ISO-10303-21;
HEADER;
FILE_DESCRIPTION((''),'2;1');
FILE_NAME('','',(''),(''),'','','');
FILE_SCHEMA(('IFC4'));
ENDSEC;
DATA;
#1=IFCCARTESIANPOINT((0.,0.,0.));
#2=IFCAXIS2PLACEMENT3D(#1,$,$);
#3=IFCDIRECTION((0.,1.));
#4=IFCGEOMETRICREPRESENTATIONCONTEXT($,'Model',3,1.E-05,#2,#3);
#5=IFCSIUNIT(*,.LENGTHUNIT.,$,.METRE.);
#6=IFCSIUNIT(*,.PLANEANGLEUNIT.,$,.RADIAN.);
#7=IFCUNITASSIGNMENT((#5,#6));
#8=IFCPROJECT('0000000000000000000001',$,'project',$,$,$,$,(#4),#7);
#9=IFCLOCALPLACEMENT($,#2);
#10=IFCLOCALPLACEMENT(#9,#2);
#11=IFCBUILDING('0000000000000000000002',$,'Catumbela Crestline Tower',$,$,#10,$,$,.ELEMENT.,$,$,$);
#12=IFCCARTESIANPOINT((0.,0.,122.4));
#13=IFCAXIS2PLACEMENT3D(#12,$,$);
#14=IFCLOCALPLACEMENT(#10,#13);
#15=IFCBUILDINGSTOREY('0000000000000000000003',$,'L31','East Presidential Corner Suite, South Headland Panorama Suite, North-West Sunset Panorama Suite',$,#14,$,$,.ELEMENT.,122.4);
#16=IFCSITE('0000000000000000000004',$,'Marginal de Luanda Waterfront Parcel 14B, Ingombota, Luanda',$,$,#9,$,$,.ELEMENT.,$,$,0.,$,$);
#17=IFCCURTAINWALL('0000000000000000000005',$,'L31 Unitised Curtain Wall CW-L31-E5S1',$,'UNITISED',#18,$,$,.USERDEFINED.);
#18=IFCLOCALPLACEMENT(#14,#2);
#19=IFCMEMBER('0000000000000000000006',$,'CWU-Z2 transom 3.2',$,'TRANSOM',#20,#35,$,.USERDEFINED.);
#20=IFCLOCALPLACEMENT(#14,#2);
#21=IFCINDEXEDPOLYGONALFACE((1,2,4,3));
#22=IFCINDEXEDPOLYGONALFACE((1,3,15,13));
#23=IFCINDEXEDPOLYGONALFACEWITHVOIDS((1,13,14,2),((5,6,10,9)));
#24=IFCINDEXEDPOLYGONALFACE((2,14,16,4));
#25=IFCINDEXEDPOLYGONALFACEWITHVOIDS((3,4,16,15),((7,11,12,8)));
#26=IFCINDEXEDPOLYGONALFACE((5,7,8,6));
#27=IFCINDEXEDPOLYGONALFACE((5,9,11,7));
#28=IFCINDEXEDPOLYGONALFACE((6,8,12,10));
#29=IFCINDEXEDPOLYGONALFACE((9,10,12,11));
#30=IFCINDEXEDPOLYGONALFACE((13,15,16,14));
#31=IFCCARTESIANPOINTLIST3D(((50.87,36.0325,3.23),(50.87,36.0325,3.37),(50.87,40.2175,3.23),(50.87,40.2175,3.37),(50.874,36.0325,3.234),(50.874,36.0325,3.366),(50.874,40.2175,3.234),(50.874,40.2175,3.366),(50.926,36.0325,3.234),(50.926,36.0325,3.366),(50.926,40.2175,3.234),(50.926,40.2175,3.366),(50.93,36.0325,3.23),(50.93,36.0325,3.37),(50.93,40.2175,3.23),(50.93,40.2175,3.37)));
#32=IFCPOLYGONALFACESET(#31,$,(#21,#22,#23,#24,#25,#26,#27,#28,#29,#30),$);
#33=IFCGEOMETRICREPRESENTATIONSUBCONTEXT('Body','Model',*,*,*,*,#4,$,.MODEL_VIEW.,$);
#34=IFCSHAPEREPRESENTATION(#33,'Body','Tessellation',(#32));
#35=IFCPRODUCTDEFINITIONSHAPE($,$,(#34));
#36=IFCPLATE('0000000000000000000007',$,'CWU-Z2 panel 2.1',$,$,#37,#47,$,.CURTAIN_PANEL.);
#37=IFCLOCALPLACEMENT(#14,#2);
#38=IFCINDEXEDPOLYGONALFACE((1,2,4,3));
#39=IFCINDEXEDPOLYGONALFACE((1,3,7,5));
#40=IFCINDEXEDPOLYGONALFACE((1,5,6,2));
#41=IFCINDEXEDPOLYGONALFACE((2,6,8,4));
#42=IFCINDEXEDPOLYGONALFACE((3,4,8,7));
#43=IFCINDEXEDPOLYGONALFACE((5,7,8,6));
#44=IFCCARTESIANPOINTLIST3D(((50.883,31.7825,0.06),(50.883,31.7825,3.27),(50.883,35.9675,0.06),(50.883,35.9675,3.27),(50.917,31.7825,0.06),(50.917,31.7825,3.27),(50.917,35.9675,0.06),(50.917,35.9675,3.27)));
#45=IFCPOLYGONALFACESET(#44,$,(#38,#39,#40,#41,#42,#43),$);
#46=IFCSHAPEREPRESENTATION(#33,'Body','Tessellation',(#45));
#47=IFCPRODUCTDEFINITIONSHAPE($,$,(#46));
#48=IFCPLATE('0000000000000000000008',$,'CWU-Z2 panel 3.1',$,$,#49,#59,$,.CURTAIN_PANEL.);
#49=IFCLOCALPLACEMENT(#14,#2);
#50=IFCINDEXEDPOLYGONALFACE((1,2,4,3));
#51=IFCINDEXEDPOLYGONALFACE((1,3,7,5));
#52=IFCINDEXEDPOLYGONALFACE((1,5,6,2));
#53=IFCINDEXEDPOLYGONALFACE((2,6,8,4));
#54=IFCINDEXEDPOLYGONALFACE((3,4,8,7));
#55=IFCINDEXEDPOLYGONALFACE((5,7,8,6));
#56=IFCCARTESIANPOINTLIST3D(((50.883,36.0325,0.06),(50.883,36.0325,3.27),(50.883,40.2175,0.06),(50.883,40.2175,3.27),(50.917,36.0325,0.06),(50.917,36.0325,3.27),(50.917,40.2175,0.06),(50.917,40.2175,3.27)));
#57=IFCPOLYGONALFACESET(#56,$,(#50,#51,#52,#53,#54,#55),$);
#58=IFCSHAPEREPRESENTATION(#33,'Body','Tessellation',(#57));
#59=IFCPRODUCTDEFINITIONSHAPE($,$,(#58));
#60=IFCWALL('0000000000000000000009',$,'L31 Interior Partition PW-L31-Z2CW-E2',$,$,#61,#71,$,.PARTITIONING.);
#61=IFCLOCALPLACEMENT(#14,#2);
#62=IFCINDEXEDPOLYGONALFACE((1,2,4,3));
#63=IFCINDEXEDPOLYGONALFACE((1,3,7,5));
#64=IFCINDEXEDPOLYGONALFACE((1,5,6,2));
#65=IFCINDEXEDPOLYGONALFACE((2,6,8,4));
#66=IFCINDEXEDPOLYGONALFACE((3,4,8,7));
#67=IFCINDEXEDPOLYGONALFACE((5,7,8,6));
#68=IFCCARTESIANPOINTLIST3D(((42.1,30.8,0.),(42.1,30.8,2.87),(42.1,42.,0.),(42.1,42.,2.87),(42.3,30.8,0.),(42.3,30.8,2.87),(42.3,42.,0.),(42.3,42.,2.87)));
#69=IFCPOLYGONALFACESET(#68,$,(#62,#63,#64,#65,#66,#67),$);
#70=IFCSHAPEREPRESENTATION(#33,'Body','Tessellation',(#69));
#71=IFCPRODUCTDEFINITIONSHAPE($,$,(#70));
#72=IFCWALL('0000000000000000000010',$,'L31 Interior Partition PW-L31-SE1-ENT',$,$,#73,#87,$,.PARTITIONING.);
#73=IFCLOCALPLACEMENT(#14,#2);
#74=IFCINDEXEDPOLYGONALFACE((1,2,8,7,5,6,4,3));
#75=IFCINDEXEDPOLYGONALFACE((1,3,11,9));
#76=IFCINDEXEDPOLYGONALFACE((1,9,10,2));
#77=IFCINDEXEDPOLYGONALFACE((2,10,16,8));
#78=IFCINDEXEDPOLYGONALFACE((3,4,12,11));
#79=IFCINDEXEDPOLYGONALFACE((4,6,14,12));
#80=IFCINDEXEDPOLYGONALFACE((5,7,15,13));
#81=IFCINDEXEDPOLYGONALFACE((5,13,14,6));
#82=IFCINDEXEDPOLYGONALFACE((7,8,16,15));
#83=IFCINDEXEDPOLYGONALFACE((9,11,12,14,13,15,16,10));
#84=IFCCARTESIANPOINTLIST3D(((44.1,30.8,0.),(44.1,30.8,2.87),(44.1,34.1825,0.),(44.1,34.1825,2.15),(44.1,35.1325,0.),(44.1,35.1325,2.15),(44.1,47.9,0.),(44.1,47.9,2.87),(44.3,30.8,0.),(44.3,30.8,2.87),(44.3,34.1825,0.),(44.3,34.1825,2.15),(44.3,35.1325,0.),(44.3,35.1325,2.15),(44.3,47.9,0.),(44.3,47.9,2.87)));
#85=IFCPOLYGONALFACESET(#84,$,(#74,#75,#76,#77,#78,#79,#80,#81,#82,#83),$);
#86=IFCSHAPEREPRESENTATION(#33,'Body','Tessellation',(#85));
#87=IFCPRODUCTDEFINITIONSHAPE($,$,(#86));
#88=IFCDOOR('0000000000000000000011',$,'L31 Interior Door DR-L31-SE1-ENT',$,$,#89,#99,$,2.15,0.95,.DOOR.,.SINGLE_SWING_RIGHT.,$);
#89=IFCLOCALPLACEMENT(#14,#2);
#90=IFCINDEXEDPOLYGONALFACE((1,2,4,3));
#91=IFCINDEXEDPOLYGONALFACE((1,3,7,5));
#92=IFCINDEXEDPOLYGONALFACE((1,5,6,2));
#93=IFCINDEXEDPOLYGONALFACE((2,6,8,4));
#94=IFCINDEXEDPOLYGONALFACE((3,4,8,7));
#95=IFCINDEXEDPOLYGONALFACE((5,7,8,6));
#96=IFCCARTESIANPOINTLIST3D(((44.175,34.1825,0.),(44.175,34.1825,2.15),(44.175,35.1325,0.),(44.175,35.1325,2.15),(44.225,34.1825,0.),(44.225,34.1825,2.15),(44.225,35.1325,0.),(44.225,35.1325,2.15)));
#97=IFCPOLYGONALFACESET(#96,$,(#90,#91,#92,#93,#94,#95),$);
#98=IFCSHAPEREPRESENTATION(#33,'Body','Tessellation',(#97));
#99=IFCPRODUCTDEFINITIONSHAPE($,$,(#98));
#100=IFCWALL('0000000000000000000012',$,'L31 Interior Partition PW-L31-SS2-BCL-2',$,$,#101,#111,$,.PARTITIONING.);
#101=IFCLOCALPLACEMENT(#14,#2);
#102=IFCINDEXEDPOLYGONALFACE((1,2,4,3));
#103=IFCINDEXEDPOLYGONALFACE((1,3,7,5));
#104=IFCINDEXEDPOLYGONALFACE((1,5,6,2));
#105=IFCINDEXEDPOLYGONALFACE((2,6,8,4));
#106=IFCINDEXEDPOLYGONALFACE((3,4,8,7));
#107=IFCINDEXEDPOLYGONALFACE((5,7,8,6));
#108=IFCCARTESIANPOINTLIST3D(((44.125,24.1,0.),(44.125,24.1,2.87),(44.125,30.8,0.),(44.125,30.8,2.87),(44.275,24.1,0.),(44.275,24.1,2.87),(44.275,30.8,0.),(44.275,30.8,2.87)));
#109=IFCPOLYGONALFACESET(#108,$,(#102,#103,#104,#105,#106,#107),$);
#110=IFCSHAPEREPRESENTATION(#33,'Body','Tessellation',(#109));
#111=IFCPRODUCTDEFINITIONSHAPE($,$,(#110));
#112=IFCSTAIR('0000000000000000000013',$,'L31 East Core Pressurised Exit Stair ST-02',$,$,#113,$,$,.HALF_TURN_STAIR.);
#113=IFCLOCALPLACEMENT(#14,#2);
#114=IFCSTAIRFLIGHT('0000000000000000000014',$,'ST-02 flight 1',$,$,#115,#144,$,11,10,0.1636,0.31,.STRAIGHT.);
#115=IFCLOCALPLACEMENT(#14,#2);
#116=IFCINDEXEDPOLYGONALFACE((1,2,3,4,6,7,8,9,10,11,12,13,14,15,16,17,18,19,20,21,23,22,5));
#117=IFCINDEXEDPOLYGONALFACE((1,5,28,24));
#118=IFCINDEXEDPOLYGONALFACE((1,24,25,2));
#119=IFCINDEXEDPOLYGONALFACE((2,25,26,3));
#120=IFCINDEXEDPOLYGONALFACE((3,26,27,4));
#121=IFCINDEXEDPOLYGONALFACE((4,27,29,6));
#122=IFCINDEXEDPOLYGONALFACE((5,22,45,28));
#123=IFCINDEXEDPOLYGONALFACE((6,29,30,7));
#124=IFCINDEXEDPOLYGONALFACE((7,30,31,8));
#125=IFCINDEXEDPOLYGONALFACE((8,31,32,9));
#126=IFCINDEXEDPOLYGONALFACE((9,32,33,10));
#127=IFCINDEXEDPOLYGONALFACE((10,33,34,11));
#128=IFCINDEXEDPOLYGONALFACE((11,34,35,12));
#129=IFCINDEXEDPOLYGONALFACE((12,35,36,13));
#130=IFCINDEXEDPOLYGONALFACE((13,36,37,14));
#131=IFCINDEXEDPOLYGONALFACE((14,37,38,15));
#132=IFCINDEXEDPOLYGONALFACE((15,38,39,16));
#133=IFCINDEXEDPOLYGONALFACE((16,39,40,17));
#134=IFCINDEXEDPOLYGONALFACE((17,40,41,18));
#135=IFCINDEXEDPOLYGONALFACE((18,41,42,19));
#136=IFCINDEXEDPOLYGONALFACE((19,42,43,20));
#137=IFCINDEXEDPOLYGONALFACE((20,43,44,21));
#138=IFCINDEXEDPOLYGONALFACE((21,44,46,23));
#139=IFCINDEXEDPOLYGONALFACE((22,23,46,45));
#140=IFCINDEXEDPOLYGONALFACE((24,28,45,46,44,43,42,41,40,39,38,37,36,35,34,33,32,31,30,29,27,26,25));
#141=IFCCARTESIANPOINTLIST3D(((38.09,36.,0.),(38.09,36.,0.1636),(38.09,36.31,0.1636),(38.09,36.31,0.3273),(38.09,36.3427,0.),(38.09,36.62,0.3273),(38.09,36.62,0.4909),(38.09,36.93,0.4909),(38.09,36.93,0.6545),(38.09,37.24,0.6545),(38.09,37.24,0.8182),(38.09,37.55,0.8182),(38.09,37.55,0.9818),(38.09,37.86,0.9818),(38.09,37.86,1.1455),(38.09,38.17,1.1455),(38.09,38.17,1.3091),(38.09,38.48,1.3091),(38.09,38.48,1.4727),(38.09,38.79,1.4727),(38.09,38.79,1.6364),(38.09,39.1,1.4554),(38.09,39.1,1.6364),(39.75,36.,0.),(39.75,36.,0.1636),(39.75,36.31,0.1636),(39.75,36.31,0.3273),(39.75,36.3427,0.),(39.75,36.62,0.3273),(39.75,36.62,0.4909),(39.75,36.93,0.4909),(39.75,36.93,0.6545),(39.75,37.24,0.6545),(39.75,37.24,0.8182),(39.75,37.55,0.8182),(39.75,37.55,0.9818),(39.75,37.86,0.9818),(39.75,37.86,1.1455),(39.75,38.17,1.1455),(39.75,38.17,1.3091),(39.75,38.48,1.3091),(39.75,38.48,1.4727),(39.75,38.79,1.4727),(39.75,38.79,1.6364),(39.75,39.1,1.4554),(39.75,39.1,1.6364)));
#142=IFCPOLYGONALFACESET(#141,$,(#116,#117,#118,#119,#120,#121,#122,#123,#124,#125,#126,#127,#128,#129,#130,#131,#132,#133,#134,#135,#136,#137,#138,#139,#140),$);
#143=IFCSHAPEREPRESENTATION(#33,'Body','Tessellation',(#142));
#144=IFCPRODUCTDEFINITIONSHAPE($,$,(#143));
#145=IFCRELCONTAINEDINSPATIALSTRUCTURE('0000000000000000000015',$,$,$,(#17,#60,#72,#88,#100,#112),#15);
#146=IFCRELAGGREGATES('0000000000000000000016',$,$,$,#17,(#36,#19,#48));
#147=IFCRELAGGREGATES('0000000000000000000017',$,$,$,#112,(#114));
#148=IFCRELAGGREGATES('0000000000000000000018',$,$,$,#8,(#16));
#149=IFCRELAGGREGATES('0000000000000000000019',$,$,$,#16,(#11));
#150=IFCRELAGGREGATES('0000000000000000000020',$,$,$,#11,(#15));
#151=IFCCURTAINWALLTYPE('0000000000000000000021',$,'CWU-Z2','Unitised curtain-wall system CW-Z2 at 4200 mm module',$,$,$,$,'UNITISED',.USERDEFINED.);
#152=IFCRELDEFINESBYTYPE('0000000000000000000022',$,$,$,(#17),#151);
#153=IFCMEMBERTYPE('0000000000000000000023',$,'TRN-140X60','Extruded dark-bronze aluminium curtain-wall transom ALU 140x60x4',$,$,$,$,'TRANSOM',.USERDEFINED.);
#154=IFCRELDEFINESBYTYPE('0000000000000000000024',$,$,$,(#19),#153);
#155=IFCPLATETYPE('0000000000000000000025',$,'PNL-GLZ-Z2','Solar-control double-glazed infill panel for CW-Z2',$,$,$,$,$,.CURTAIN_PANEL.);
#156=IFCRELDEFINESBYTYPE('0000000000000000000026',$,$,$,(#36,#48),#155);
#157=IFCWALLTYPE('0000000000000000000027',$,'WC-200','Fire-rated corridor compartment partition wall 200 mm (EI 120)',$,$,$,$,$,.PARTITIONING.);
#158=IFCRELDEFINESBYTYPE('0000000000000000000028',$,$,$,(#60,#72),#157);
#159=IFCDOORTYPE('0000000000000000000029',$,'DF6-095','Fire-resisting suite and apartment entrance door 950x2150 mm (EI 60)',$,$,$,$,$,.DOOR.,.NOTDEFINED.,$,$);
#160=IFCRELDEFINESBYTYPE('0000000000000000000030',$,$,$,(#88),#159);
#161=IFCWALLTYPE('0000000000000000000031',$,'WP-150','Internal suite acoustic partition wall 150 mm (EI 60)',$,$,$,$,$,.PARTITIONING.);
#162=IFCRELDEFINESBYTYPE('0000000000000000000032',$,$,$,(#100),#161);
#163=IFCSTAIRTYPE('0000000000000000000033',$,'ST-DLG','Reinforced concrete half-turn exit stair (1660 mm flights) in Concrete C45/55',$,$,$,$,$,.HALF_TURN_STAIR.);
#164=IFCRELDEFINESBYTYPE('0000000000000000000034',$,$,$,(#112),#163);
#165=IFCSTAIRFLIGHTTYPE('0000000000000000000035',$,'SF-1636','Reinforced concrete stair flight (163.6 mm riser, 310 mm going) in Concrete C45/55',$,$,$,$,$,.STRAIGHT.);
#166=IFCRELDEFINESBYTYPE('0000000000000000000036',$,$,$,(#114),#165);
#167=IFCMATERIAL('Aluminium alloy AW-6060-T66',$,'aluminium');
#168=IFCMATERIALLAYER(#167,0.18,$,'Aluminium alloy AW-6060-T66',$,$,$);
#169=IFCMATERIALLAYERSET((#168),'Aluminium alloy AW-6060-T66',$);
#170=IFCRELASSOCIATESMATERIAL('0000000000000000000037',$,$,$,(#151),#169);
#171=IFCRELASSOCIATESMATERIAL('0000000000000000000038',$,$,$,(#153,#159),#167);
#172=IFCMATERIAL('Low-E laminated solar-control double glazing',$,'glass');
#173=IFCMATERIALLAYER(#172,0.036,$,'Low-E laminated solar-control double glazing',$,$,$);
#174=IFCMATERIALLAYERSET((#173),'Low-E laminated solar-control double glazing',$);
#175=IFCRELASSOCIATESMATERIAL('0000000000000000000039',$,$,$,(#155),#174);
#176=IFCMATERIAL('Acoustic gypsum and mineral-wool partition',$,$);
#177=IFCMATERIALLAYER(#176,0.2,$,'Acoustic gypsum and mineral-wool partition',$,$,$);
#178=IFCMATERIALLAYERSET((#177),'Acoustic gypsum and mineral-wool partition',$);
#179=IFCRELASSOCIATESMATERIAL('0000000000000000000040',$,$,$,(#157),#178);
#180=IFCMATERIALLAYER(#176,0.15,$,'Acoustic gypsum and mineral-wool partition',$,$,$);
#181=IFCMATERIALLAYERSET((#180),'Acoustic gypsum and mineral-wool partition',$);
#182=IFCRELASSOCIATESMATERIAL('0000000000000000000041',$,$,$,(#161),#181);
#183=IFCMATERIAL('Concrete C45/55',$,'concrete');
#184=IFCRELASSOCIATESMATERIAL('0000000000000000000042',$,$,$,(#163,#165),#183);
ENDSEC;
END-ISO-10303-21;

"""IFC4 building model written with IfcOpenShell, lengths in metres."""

from ifc_helpers import new_model, si_unit, direction, frame, frame_2d, origin, origin_2d, place, context, subcontext, project, spatial, polyline, rectangle, hollow_rectangle, outline, extrude, material, layer, layer_set, material_profile, profile_set, type_object, element, fill, aggregate, save


model = new_model("IFC4")

# Units and contexts
model_context = context("Model", 3, precision=1e-05, world=origin(), true_north=direction((0.0, 1.0)))
body_context = subcontext(model_context, "Body", "Model", "MODEL_VIEW")
ifc_project = project(units=[si_unit("LENGTHUNIT", "METRE"), si_unit("PLANEANGLEUNIT", "RADIAN")], contexts=[model_context])

# Site, building, storey
site_placement = place(None, origin())
site = spatial("IfcSite", under=ifc_project, at=site_placement, Name="Marginal de Luanda Waterfront Parcel 14B, Ingombota, Luanda", CompositionType="ELEMENT", RefElevation=0.0)
building_placement = place(site_placement, origin())
building = spatial("IfcBuilding", under=site, at=building_placement, Name="Catumbela Crestline Tower", CompositionType="ELEMENT")
storey_placement = place(building_placement, frame((0.0, 0.0, 122.4)))
storey = spatial("IfcBuildingStorey", under=building, at=storey_placement, Name="L31", Description="East Presidential Corner Suite, South Headland Panorama Suite, North-West Sunset Panorama Suite", CompositionType="ELEMENT", Elevation=122.4)

# Curtain wall
ifc_material_1 = material(Name="Aluminium alloy AW-6060-T66", Category="aluminium")
ifc_layer_1 = layer(ifc_material_1, 0.18, Name="Aluminium alloy AW-6060-T66")
ifc_layer_set_1 = layer_set([ifc_layer_1], Name="Aluminium alloy AW-6060-T66")
curtain_wall_type = type_object("IfcCurtainWallType", Name="CWU-Z2", Description="Unitised curtain-wall system CW-Z2 at 4200 mm module", ElementType="UNITISED", PredefinedType="USERDEFINED", material=ifc_layer_set_1)
curtain_wall_placement = place(storey_placement, origin())
curtain_wall = element("IfcCurtainWall", 1, at=curtain_wall_placement, inside=storey, type_object=curtain_wall_type, Name="L31 Unitised Curtain Wall CW-L31-E5S1", ObjectType="UNITISED", PredefinedType="USERDEFINED")

# Member
ifc_material_profile_1 = material_profile(ifc_material_1, hollow_rectangle(XDim=0.06, YDim=0.14, WallThickness=0.004, at=origin_2d()), Name="ALU 140x60x4")
ifc_profile_set_1 = profile_set([ifc_material_profile_1], Name="Aluminium alloy AW-6060-T66")
member_type_1 = type_object("IfcMemberType", Name="TRN-140X60", Description="Extruded dark-bronze aluminium curtain-wall transom ALU 140x60x4", ElementType="TRANSOM", PredefinedType="USERDEFINED", material=ifc_profile_set_1)
member_1_placement = place(storey_placement, frame((50.9, 36.0325, 3.3), z_axis=(0.0, 1.0, 0.0), x_axis=(-1.0, 0.0, 0.0)))
member_1 = element("IfcMember", 2, at=member_1_placement, type_object=member_type_1, Name="CWU-Z2 transom 3.2", ObjectType="TRANSOM", PredefinedType="USERDEFINED", context=body_context, shape_type="SweptSolid", body=[
    extrude(hollow_rectangle(XDim=0.06, YDim=0.14, WallThickness=0.004, at=origin_2d()), origin(), (0.0, 0.0, 1.0), 4.185),
])

# Plates
ifc_material_2 = material(Name="Low-E laminated solar-control double glazing", Category="glass")
ifc_layer_2 = layer(ifc_material_2, 0.036, Name="Low-E laminated solar-control double glazing")
ifc_layer_set_2 = layer_set([ifc_layer_2], Name="Low-E laminated solar-control double glazing")
plate_type = type_object("IfcPlateType", Name="PNL-GLZ-Z2", Description="Solar-control double-glazed infill panel for CW-Z2", PredefinedType="CURTAIN_PANEL", material=ifc_layer_set_2)
plate_1_placement = place(storey_placement, frame((50.9, 33.875, 0.06), z_axis=(0.0, 0.0, 1.0), x_axis=(0.0, 1.0, 0.0)))
plate_1 = element("IfcPlate", 3, at=plate_1_placement, type_object=plate_type, Name="CWU-Z2 panel 2.1", PredefinedType="CURTAIN_PANEL", context=body_context, shape_type="SweptSolid", body=[
    extrude(rectangle(XDim=4.185, YDim=0.034, at=origin_2d()), origin(), (0.0, 0.0, 1.0), 3.21),
])
plate_2_placement = place(storey_placement, frame((50.9, 38.125, 0.06), z_axis=(0.0, 0.0, 1.0), x_axis=(0.0, 1.0, 0.0)))
plate_2 = element("IfcPlate", 4, at=plate_2_placement, type_object=plate_type, Name="CWU-Z2 panel 3.1", PredefinedType="CURTAIN_PANEL", context=body_context, shape_type="SweptSolid", body=[
    extrude(rectangle(XDim=4.185, YDim=0.034, at=origin_2d()), origin(), (0.0, 0.0, 1.0), 3.21),
])
aggregate(curtain_wall, [plate_1, member_1, plate_2])

# Wall
ifc_material_3 = material(Name="Acoustic gypsum and mineral-wool partition")
ifc_layer_3 = layer(ifc_material_3, 0.2, Name="Acoustic gypsum and mineral-wool partition")
ifc_layer_set_3 = layer_set([ifc_layer_3], Name="Acoustic gypsum and mineral-wool partition")
wall_type_1 = type_object("IfcWallType", Name="WC-200", Description="Fire-rated corridor compartment partition wall 200 mm (EI 120)", PredefinedType="PARTITIONING", material=ifc_layer_set_3)
wall_1_placement = place(storey_placement, frame((42.2, 30.8, 0.0), z_axis=(0.0, 0.0, 1.0), x_axis=(0.0, 1.0, 0.0)))
element("IfcWall", 5, at=wall_1_placement, inside=storey, type_object=wall_type_1, Name="L31 Interior Partition PW-L31-Z2CW-E2", PredefinedType="PARTITIONING", context=body_context, shape_type="SweptSolid", body=[
    extrude(rectangle(XDim=11.2, YDim=0.2, at=frame_2d((5.6, 0.0))), origin(), (0.0, 0.0, 1.0), 2.87),
])

# Wall, opening, door
wall_2_placement = place(storey_placement, frame((44.2, 30.8, 0.0), z_axis=(0.0, 0.0, 1.0), x_axis=(0.0, 1.0, 0.0)))
wall_2 = element("IfcWall", 6, at=wall_2_placement, inside=storey, type_object=wall_type_1, Name="L31 Interior Partition PW-L31-SE1-ENT", PredefinedType="PARTITIONING", context=body_context, shape_type="SweptSolid", body=[
    extrude(rectangle(XDim=17.1, YDim=0.2, at=frame_2d((8.55, 0.0))), origin(), (0.0, 0.0, 1.0), 2.87),
])
opening_placement = place(wall_2_placement, frame((3.3825, 0.0, 0.0)))
opening = element("IfcOpeningElement", 7, at=opening_placement, cuts=wall_2, PredefinedType="OPENING", context=body_context, shape_type="SweptSolid", body=[
    extrude(rectangle(XDim=0.95, YDim=2.15, at=frame_2d((0.475, 1.075))), frame((0.0, 0.11, 0.0), z_axis=(0.0, -1.0, 0.0), x_axis=(1.0, 0.0, 0.0)), (0.0, 0.0, 1.0), 0.22),
])
door_type = type_object("IfcDoorType", Name="DF6-095", Description="Fire-resisting suite and apartment entrance door 950x2150 mm (EI 60)", OperationType="NOTDEFINED", PredefinedType="DOOR", material=ifc_material_1)
door_placement = place(opening_placement, origin())
door = element("IfcDoor", 8, at=door_placement, inside=storey, type_object=door_type, Name="L31 Interior Door DR-L31-SE1-ENT", OperationType="SINGLE_SWING_RIGHT", OverallHeight=2.15, OverallWidth=0.95, PredefinedType="DOOR", context=body_context, shape_type="SweptSolid", body=[
    extrude(rectangle(XDim=0.95, YDim=2.15, at=frame_2d((0.475, 1.075))), frame((0.0, 0.025, 0.0), z_axis=(0.0, -1.0, 0.0), x_axis=(1.0, 0.0, 0.0)), (0.0, 0.0, 1.0), 0.05),
])
fill(opening, door)

# Wall
ifc_layer_4 = layer(ifc_material_3, 0.15, Name="Acoustic gypsum and mineral-wool partition")
ifc_layer_set_4 = layer_set([ifc_layer_4], Name="Acoustic gypsum and mineral-wool partition")
wall_type_2 = type_object("IfcWallType", Name="WP-150", Description="Internal suite acoustic partition wall 150 mm (EI 60)", PredefinedType="PARTITIONING", material=ifc_layer_set_4)
wall_3_placement = place(storey_placement, frame((44.2, 30.8, 0.0), z_axis=(0.0, 0.0, 1.0), x_axis=(0.0, -1.0, 0.0)))
element("IfcWall", 9, at=wall_3_placement, inside=storey, type_object=wall_type_2, Name="L31 Interior Partition PW-L31-SS2-BCL-2", PredefinedType="PARTITIONING", context=body_context, shape_type="SweptSolid", body=[
    extrude(rectangle(XDim=6.7, YDim=0.15, at=frame_2d((3.35, 0.0))), origin(), (0.0, 0.0, 1.0), 2.87),
])

# Stair, stair flight
ifc_material_4 = material(Name="Concrete C45/55", Category="concrete")
stair_type = type_object("IfcStairType", Name="ST-DLG", Description="Reinforced concrete half-turn exit stair (1660 mm flights) in Concrete C45/55", PredefinedType="HALF_TURN_STAIR", material=ifc_material_4)
stair_placement = place(storey_placement, origin())
stair = element("IfcStair", 10, at=stair_placement, inside=storey, type_object=stair_type, Name="L31 East Core Pressurised Exit Stair ST-02", PredefinedType="HALF_TURN_STAIR")
stair_flight_type = type_object("IfcStairFlightType", Name="SF-1636", Description="Reinforced concrete stair flight (163.6 mm riser, 310 mm going) in Concrete C45/55", PredefinedType="STRAIGHT", material=ifc_material_4)
stair_flight_placement = place(storey_placement, frame((38.92, 36.0, 0.0), z_axis=(0.0, 0.0, 1.0), x_axis=(0.0, 1.0, 0.0)))
stair_flight = element("IfcStairFlight", 11, at=stair_flight_placement, type_object=stair_flight_type, Name="ST-02 flight 1", NumberOfRisers=11, NumberOfTreads=10, PredefinedType="STRAIGHT", RiserHeight=0.1636, TreadLength=0.31, context=body_context, shape_type="SweptSolid", body=[
    extrude(outline(polyline([(0.0, 0.0), (0.0, 0.1636), (0.31, 0.1636), (0.31, 0.3273), (0.62, 0.3273), (0.62, 0.4909), (0.93, 0.4909), (0.93, 0.6545), (1.24, 0.6545), (1.24, 0.8182), (1.55, 0.8182), (1.55, 0.9818), (1.86, 0.9818), (1.86, 1.1455), (2.17, 1.1455), (2.17, 1.3091), (2.48, 1.3091), (2.48, 1.4727), (2.79, 1.4727), (2.79, 1.6364), (3.1, 1.6364), (3.1, 1.8), (3.1, 1.4554), (0.3427, 0.0), (0.0, 0.0)])), frame((0.0, 0.83, 0.0), z_axis=(0.0, -1.0, 0.0), x_axis=(1.0, 0.0, 0.0)), (0.0, 0.0, 1.0), 1.66),
])
aggregate(stair, [stair_flight])

save(model, "model.ifc")
